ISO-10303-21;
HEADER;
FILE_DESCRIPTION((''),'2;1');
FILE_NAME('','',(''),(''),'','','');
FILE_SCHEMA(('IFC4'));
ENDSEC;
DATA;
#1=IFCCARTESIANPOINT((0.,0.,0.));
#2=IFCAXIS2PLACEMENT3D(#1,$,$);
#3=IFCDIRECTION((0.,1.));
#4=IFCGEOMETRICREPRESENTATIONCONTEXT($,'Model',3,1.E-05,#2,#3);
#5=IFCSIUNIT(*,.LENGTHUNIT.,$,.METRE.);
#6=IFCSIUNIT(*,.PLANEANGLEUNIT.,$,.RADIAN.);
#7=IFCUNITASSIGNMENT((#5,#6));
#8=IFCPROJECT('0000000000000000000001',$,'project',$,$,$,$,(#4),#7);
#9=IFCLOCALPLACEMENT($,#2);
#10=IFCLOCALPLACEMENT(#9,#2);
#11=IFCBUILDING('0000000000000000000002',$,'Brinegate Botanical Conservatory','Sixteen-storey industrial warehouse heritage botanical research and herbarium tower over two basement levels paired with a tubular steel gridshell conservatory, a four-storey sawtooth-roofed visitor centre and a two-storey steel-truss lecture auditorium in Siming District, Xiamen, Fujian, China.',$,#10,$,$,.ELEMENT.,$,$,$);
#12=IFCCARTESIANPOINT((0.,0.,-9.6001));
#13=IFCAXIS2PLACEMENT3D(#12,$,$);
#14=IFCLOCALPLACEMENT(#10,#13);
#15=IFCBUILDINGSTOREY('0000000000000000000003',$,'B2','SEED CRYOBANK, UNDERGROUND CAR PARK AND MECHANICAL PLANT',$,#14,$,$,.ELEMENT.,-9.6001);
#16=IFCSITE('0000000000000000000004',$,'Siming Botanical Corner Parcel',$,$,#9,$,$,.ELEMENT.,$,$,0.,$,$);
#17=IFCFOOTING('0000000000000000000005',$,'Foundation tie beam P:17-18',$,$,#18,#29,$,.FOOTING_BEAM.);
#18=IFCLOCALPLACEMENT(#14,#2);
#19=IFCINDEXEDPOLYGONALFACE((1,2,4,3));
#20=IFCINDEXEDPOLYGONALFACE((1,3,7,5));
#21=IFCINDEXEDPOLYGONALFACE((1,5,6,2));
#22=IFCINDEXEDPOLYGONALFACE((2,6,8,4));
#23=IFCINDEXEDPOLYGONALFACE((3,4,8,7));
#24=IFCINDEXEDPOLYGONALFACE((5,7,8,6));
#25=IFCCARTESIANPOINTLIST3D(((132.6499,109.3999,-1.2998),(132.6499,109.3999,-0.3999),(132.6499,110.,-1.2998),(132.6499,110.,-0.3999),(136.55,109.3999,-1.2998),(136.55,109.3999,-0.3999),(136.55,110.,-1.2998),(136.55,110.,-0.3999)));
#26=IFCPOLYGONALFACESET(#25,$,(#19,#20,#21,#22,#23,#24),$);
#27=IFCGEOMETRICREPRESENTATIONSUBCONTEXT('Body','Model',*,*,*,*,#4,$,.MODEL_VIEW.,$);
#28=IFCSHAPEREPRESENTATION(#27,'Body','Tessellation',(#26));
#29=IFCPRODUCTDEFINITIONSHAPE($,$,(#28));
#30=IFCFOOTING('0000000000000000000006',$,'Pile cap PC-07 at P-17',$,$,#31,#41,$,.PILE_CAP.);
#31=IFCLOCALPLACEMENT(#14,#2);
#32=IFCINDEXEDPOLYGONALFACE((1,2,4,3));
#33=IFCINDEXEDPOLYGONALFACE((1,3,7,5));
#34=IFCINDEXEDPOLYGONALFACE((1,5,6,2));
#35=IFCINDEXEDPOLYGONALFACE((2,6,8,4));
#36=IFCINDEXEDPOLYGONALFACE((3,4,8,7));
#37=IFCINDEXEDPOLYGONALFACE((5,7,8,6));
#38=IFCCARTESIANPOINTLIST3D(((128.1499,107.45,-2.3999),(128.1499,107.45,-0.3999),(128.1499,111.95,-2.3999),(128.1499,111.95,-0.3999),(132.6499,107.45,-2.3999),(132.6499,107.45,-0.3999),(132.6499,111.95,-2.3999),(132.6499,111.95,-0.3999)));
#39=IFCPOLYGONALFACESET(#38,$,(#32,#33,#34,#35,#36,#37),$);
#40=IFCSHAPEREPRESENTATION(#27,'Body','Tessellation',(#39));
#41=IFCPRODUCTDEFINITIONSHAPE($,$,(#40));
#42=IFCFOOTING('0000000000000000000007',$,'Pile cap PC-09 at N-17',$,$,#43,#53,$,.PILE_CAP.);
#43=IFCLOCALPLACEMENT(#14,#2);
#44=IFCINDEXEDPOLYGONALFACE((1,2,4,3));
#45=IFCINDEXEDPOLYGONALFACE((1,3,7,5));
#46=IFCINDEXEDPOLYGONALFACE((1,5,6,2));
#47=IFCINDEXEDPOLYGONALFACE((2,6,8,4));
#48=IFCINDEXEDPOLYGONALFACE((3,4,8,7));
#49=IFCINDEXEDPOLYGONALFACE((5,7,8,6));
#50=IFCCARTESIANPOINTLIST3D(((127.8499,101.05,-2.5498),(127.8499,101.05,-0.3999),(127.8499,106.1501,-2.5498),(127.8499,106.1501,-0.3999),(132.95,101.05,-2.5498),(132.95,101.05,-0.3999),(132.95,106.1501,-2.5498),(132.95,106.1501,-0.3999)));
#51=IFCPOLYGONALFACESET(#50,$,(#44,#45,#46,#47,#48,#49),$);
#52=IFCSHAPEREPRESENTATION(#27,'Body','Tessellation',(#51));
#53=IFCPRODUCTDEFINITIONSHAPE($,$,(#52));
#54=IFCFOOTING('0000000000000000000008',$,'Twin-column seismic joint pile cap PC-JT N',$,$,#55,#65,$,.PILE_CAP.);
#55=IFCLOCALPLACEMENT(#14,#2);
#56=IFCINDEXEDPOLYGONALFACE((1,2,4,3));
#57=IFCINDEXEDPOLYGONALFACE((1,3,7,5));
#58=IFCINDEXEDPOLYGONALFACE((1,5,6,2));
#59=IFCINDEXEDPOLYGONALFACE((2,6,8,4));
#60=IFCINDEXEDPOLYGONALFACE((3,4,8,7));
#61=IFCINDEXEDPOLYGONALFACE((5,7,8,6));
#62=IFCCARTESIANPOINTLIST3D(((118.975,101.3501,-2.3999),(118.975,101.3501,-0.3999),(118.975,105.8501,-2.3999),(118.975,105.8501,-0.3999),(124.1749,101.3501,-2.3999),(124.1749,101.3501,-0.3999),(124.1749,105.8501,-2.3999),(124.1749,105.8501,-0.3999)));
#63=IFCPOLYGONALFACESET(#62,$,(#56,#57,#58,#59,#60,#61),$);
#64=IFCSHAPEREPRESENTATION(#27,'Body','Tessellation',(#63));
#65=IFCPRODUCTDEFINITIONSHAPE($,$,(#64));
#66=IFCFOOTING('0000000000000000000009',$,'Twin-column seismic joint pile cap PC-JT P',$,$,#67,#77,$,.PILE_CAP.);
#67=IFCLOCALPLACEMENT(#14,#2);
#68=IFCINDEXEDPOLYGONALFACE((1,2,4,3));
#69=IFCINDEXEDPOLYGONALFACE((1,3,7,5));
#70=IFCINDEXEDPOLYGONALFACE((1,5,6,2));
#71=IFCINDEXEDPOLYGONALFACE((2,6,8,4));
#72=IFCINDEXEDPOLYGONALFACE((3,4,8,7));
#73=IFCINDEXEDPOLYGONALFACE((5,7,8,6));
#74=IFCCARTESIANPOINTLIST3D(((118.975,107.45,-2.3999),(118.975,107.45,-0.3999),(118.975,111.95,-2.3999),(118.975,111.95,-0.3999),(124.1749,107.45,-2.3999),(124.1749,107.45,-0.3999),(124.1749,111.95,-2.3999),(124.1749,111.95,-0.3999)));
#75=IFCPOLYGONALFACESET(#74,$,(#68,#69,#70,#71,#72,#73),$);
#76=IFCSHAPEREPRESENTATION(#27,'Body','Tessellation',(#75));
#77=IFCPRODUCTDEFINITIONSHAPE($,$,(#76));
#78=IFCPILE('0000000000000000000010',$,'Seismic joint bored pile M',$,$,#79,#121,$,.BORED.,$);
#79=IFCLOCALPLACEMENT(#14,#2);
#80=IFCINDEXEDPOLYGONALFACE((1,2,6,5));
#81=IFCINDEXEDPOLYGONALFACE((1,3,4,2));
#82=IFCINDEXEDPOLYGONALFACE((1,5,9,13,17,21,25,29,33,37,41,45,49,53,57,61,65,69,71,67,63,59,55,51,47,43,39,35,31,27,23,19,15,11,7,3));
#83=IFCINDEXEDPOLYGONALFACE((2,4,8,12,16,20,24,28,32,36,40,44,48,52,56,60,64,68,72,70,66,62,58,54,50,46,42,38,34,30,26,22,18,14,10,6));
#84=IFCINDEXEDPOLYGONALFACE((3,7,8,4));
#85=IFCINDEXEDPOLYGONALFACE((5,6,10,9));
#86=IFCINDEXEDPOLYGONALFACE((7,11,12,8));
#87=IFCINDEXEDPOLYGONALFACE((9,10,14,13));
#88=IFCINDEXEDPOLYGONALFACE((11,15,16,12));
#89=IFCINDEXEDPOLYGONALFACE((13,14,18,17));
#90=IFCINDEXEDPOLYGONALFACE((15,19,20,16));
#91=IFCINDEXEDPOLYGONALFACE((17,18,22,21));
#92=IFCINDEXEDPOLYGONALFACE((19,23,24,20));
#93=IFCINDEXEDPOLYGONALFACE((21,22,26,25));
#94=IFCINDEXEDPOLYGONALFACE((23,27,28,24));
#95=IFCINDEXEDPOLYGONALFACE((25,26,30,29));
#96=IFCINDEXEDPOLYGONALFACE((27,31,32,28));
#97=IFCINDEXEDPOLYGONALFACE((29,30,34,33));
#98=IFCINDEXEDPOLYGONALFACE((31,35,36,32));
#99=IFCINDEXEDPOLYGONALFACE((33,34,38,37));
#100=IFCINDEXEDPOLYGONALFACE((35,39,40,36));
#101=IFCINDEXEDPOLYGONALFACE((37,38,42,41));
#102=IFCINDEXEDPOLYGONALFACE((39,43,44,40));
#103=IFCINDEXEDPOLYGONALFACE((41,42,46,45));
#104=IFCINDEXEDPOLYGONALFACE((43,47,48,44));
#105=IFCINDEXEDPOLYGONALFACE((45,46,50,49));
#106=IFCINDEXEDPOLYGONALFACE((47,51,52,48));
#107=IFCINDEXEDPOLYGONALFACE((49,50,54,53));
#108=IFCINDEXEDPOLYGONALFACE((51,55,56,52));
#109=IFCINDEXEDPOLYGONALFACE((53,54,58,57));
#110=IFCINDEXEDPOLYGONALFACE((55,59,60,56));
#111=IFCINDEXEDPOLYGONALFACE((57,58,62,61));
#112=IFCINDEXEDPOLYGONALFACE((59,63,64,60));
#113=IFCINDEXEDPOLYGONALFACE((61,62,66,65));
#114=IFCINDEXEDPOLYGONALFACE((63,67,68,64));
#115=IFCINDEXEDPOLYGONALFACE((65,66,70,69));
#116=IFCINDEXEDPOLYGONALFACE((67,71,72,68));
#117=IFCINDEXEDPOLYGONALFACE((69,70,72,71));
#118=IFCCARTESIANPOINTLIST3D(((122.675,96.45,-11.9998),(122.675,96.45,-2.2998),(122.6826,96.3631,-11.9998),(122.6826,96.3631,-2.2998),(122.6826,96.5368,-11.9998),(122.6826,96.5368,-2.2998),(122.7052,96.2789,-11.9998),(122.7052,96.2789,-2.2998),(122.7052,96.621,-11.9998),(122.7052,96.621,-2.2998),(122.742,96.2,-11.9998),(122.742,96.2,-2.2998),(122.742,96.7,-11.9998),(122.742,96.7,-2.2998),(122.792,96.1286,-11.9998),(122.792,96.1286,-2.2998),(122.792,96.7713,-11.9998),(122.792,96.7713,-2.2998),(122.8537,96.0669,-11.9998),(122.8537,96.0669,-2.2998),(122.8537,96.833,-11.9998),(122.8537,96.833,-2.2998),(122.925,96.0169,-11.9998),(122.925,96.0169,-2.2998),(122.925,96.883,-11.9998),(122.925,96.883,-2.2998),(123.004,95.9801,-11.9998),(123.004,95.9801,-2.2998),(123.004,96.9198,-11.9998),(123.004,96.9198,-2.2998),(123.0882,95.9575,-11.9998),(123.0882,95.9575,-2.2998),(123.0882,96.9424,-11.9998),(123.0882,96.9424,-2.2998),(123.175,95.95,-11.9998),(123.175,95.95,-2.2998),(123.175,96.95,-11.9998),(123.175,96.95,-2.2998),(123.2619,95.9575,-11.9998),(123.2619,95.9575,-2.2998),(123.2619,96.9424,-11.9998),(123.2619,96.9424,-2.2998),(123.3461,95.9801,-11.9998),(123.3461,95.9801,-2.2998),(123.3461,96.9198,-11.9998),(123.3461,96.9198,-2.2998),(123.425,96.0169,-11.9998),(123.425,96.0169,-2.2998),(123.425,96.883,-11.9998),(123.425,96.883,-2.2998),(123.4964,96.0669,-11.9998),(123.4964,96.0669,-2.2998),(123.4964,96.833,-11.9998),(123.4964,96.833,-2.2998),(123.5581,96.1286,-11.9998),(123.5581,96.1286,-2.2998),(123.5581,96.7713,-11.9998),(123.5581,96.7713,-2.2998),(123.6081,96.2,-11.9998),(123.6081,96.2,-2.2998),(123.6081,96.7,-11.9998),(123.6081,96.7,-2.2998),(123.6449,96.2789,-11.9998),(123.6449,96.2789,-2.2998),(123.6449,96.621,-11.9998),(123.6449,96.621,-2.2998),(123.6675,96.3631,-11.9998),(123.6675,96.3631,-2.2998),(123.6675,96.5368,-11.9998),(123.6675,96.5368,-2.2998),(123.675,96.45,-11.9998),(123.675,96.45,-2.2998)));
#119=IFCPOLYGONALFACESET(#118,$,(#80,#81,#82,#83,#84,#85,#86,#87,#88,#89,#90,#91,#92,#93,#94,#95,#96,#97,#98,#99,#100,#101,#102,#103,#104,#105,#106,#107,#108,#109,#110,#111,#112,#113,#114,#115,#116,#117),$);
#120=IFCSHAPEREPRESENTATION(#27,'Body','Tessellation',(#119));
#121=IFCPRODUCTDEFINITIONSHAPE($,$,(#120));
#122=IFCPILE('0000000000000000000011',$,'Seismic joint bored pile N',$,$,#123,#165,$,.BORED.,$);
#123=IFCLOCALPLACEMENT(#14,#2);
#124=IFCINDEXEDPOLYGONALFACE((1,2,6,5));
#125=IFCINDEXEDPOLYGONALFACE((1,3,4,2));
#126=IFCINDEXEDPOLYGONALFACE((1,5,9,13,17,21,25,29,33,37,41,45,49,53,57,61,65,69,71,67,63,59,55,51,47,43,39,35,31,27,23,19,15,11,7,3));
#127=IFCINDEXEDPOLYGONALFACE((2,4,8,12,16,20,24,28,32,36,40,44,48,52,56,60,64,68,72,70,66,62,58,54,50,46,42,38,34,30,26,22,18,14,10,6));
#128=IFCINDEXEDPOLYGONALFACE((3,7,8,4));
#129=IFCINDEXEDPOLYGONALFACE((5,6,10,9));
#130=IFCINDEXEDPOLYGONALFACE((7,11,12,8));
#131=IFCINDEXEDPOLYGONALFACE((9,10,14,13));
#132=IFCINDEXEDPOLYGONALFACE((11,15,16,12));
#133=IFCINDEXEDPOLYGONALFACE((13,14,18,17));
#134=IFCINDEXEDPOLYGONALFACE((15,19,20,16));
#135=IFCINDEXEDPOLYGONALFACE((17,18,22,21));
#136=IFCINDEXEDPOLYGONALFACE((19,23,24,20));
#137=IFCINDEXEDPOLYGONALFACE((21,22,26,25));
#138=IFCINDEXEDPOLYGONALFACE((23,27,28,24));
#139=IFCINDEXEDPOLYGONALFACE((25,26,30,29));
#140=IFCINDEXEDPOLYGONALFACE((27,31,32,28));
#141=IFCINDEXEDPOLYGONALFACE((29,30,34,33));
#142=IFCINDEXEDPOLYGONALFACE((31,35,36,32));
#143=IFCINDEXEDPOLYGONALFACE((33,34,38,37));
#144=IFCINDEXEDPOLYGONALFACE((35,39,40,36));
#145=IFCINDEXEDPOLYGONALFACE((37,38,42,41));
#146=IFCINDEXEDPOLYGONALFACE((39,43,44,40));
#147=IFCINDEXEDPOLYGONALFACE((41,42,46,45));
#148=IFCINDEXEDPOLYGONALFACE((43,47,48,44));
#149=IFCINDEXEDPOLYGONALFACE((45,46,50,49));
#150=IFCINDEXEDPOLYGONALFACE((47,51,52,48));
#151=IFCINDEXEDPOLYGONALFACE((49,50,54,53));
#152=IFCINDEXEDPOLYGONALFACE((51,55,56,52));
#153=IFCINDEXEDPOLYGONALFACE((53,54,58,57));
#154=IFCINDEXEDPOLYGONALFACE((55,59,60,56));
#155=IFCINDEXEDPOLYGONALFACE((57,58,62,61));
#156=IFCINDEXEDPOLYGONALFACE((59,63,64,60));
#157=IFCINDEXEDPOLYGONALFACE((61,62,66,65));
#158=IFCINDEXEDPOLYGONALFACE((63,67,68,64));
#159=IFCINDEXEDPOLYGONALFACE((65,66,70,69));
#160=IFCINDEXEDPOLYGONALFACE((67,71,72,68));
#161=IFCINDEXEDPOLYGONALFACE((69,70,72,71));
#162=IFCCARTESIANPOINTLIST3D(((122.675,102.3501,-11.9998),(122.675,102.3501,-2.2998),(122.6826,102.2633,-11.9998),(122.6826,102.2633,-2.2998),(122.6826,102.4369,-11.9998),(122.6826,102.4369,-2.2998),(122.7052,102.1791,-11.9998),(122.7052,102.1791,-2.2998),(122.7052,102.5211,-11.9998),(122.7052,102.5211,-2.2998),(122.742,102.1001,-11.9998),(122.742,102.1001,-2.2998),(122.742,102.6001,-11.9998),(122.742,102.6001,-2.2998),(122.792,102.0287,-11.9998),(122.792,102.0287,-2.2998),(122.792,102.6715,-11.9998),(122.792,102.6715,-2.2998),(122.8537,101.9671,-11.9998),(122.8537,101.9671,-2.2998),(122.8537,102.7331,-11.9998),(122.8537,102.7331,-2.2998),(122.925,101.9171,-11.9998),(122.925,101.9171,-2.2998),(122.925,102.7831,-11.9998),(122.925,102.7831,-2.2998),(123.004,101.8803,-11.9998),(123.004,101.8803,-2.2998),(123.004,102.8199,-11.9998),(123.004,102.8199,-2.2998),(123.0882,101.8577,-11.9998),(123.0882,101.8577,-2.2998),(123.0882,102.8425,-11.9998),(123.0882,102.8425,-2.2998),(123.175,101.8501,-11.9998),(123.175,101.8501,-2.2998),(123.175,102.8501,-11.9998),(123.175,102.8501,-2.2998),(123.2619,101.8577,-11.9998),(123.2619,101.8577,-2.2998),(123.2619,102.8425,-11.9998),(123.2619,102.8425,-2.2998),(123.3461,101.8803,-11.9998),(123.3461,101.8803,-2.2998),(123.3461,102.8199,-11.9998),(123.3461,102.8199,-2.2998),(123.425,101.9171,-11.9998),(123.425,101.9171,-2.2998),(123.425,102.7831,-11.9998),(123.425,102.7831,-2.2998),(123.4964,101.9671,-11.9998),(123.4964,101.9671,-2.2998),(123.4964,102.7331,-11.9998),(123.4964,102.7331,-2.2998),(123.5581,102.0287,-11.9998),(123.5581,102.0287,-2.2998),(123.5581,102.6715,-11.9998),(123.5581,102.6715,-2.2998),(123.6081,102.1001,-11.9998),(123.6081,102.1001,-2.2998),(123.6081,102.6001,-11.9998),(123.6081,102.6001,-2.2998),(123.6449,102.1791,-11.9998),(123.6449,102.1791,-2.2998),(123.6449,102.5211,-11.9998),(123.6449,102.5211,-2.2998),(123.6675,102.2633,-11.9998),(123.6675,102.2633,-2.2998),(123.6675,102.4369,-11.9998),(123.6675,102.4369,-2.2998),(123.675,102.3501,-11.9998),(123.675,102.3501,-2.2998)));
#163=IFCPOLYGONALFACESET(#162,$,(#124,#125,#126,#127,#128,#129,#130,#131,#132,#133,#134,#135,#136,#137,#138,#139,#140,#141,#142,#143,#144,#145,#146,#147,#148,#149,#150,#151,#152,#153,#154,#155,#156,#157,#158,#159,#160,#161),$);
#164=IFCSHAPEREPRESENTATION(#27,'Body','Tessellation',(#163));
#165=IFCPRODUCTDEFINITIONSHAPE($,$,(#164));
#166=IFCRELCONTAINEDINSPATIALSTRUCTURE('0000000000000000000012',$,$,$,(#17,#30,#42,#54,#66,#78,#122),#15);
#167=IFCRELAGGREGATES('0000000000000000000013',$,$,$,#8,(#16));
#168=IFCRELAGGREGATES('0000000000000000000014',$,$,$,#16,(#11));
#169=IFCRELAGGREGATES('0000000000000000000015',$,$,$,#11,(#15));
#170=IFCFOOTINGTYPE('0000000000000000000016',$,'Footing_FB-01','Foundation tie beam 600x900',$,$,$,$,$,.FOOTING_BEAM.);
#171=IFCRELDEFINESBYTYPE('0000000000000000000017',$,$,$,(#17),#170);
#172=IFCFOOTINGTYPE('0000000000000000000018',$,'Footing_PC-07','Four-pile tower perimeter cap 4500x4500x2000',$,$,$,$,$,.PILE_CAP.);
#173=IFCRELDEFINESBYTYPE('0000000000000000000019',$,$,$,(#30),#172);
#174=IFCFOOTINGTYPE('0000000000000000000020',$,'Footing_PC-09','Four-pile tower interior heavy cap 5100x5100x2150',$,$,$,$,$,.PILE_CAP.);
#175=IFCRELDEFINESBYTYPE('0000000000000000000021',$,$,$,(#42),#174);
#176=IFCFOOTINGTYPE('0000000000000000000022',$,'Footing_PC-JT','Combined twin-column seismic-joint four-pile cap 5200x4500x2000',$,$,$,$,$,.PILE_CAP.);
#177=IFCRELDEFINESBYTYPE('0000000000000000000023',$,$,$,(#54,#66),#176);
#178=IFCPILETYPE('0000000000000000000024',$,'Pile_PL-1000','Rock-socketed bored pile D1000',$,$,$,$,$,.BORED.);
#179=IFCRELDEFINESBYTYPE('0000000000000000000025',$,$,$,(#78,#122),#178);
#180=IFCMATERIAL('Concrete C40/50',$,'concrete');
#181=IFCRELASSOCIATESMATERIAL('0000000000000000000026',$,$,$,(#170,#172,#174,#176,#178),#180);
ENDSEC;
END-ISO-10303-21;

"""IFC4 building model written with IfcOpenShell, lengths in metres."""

from ifc_helpers import new_model, si_unit, direction, frame, origin, origin_2d, place, context, subcontext, project, spatial, rectangle, circle, extrude, material, material_profile, profile_set, type_object, element, save


model = new_model("IFC4")

# Units and contexts
model_context = context("Model", 3, precision=1e-05, world=origin(), true_north=direction((0.0, 1.0)))
body_context = subcontext(model_context, "Body", "Model", "MODEL_VIEW")
ifc_project = project(units=[si_unit("LENGTHUNIT", "METRE"), si_unit("PLANEANGLEUNIT", "RADIAN")], contexts=[model_context])

# Site, building, storey
site_placement = place(None, origin())
site = spatial("IfcSite", under=ifc_project, at=site_placement, Name="Siming Botanical Corner Parcel", CompositionType="ELEMENT", RefElevation=0.0)
building_placement = place(site_placement, origin())
building = spatial("IfcBuilding", under=site, at=building_placement, Name="Brinegate Botanical Conservatory", Description="Sixteen-storey industrial warehouse heritage botanical research and herbarium tower over two basement levels paired with a tubular steel gridshell conservatory, a four-storey sawtooth-roofed visitor centre and a two-storey steel-truss lecture auditorium in Siming District, Xiamen, Fujian, China.", CompositionType="ELEMENT")
storey_placement = place(building_placement, frame((0.0, 0.0, -9.6001)))
storey = spatial("IfcBuildingStorey", under=building, at=storey_placement, Name="B2", Description="SEED CRYOBANK, UNDERGROUND CAR PARK AND MECHANICAL PLANT", CompositionType="ELEMENT", Elevation=-9.6001)

# Footings
ifc_material_1 = material(Name="Concrete C40/50", Category="concrete")
ifc_material_profile_1 = material_profile(ifc_material_1, rectangle(XDim=0.6001, YDim=0.8999, at=origin_2d()), Name="RC GB 600x900")
ifc_profile_set_1 = profile_set([ifc_material_profile_1], Name="Concrete C40/50")
footing_type_1 = type_object("IfcFootingType", Name="Footing_FB-01", Description="Foundation tie beam 600x900", PredefinedType="FOOTING_BEAM", material=ifc_profile_set_1)
footing_1_placement = place(storey_placement, frame((132.6499, 109.7, -0.8499), z_axis=(1.0, 0.0, 0.0), x_axis=(0.0, 1.0, 0.0)))
element("IfcFooting", 1, at=footing_1_placement, inside=storey, type_object=footing_type_1, Name="Foundation tie beam P:17-18", PredefinedType="FOOTING_BEAM", context=body_context, shape_type="SweptSolid", body=[
    extrude(rectangle(XDim=0.6001, YDim=0.8999, at=origin_2d()), origin(), (0.0, 0.0, 1.0), 3.9001),
])
footing_type_2 = type_object("IfcFootingType", Name="Footing_PC-07", Description="Four-pile tower perimeter cap 4500x4500x2000", PredefinedType="PILE_CAP", material=ifc_material_1)
footing_2_placement = place(storey_placement, frame((130.3999, 109.7, -2.3999), z_axis=(0.0, 0.0, 1.0), x_axis=(1.0, 0.0, 0.0)))
element("IfcFooting", 2, at=footing_2_placement, inside=storey, type_object=footing_type_2, Name="Pile cap PC-07 at P-17", PredefinedType="PILE_CAP", context=body_context, shape_type="SweptSolid", body=[
    extrude(rectangle(XDim=4.5, YDim=4.5, at=origin_2d()), origin(), (0.0, 0.0, 1.0), 2.0),
])
footing_type_3 = type_object("IfcFootingType", Name="Footing_PC-09", Description="Four-pile tower interior heavy cap 5100x5100x2150", PredefinedType="PILE_CAP", material=ifc_material_1)
footing_3_placement = place(storey_placement, frame((130.3999, 103.6001, -2.5498), z_axis=(0.0, 0.0, 1.0), x_axis=(1.0, 0.0, 0.0)))
element("IfcFooting", 3, at=footing_3_placement, inside=storey, type_object=footing_type_3, Name="Pile cap PC-09 at N-17", PredefinedType="PILE_CAP", context=body_context, shape_type="SweptSolid", body=[
    extrude(rectangle(XDim=5.1001, YDim=5.1001, at=origin_2d()), origin(), (0.0, 0.0, 1.0), 2.1499),
])
footing_type_4 = type_object("IfcFootingType", Name="Footing_PC-JT", Description="Combined twin-column seismic-joint four-pile cap 5200x4500x2000", PredefinedType="PILE_CAP", material=ifc_material_1)
for number, where, z_axis, x_axis, name in (
    (4, (121.575, 103.6001, -2.3999), (0.0, 0.0, 1.0), (1.0, 0.0, 0.0), "Twin-column seismic joint pile cap PC-JT N"),
    (5, (121.575, 109.7, -2.3999), (0.0, 0.0, 1.0), (1.0, 0.0, 0.0), "Twin-column seismic joint pile cap PC-JT P"),
):
    element("IfcFooting", number, at=place(storey_placement, frame(where, z_axis=z_axis, x_axis=x_axis)), inside=storey, type_object=footing_type_4, Name=name, PredefinedType="PILE_CAP", context=body_context, shape_type="SweptSolid", body=[
        extrude(rectangle(XDim=5.2, YDim=4.5, at=origin_2d()), origin(), (0.0, 0.0, 1.0), 2.0),
    ])

# Piles
ifc_material_profile_2 = material_profile(ifc_material_1, circle(Radius=0.5, at=origin_2d()), Name="PILE D1000")
ifc_profile_set_2 = profile_set([ifc_material_profile_2], Name="Concrete C40/50")
pile_type = type_object("IfcPileType", Name="Pile_PL-1000", Description="Rock-socketed bored pile D1000", PredefinedType="BORED", material=ifc_profile_set_2)
for number, where, z_axis, x_axis, name in (
    (6, (123.175, 96.45, -2.2998), (0.0, 0.0, -1.0), (1.0, 0.0, 0.0), "Seismic joint bored pile M"),
    (7, (123.175, 102.3501, -2.2998), (0.0, 0.0, -1.0), (1.0, 0.0, 0.0), "Seismic joint bored pile N"),
):
    element("IfcPile", number, at=place(storey_placement, frame(where, z_axis=z_axis, x_axis=x_axis)), inside=storey, type_object=pile_type, Name=name, PredefinedType="BORED", context=body_context, shape_type="SweptSolid", body=[
        extrude(circle(Radius=0.5, at=origin_2d()), origin(), (0.0, 0.0, 1.0), 9.7),
    ])

save(model, "model.ifc")
